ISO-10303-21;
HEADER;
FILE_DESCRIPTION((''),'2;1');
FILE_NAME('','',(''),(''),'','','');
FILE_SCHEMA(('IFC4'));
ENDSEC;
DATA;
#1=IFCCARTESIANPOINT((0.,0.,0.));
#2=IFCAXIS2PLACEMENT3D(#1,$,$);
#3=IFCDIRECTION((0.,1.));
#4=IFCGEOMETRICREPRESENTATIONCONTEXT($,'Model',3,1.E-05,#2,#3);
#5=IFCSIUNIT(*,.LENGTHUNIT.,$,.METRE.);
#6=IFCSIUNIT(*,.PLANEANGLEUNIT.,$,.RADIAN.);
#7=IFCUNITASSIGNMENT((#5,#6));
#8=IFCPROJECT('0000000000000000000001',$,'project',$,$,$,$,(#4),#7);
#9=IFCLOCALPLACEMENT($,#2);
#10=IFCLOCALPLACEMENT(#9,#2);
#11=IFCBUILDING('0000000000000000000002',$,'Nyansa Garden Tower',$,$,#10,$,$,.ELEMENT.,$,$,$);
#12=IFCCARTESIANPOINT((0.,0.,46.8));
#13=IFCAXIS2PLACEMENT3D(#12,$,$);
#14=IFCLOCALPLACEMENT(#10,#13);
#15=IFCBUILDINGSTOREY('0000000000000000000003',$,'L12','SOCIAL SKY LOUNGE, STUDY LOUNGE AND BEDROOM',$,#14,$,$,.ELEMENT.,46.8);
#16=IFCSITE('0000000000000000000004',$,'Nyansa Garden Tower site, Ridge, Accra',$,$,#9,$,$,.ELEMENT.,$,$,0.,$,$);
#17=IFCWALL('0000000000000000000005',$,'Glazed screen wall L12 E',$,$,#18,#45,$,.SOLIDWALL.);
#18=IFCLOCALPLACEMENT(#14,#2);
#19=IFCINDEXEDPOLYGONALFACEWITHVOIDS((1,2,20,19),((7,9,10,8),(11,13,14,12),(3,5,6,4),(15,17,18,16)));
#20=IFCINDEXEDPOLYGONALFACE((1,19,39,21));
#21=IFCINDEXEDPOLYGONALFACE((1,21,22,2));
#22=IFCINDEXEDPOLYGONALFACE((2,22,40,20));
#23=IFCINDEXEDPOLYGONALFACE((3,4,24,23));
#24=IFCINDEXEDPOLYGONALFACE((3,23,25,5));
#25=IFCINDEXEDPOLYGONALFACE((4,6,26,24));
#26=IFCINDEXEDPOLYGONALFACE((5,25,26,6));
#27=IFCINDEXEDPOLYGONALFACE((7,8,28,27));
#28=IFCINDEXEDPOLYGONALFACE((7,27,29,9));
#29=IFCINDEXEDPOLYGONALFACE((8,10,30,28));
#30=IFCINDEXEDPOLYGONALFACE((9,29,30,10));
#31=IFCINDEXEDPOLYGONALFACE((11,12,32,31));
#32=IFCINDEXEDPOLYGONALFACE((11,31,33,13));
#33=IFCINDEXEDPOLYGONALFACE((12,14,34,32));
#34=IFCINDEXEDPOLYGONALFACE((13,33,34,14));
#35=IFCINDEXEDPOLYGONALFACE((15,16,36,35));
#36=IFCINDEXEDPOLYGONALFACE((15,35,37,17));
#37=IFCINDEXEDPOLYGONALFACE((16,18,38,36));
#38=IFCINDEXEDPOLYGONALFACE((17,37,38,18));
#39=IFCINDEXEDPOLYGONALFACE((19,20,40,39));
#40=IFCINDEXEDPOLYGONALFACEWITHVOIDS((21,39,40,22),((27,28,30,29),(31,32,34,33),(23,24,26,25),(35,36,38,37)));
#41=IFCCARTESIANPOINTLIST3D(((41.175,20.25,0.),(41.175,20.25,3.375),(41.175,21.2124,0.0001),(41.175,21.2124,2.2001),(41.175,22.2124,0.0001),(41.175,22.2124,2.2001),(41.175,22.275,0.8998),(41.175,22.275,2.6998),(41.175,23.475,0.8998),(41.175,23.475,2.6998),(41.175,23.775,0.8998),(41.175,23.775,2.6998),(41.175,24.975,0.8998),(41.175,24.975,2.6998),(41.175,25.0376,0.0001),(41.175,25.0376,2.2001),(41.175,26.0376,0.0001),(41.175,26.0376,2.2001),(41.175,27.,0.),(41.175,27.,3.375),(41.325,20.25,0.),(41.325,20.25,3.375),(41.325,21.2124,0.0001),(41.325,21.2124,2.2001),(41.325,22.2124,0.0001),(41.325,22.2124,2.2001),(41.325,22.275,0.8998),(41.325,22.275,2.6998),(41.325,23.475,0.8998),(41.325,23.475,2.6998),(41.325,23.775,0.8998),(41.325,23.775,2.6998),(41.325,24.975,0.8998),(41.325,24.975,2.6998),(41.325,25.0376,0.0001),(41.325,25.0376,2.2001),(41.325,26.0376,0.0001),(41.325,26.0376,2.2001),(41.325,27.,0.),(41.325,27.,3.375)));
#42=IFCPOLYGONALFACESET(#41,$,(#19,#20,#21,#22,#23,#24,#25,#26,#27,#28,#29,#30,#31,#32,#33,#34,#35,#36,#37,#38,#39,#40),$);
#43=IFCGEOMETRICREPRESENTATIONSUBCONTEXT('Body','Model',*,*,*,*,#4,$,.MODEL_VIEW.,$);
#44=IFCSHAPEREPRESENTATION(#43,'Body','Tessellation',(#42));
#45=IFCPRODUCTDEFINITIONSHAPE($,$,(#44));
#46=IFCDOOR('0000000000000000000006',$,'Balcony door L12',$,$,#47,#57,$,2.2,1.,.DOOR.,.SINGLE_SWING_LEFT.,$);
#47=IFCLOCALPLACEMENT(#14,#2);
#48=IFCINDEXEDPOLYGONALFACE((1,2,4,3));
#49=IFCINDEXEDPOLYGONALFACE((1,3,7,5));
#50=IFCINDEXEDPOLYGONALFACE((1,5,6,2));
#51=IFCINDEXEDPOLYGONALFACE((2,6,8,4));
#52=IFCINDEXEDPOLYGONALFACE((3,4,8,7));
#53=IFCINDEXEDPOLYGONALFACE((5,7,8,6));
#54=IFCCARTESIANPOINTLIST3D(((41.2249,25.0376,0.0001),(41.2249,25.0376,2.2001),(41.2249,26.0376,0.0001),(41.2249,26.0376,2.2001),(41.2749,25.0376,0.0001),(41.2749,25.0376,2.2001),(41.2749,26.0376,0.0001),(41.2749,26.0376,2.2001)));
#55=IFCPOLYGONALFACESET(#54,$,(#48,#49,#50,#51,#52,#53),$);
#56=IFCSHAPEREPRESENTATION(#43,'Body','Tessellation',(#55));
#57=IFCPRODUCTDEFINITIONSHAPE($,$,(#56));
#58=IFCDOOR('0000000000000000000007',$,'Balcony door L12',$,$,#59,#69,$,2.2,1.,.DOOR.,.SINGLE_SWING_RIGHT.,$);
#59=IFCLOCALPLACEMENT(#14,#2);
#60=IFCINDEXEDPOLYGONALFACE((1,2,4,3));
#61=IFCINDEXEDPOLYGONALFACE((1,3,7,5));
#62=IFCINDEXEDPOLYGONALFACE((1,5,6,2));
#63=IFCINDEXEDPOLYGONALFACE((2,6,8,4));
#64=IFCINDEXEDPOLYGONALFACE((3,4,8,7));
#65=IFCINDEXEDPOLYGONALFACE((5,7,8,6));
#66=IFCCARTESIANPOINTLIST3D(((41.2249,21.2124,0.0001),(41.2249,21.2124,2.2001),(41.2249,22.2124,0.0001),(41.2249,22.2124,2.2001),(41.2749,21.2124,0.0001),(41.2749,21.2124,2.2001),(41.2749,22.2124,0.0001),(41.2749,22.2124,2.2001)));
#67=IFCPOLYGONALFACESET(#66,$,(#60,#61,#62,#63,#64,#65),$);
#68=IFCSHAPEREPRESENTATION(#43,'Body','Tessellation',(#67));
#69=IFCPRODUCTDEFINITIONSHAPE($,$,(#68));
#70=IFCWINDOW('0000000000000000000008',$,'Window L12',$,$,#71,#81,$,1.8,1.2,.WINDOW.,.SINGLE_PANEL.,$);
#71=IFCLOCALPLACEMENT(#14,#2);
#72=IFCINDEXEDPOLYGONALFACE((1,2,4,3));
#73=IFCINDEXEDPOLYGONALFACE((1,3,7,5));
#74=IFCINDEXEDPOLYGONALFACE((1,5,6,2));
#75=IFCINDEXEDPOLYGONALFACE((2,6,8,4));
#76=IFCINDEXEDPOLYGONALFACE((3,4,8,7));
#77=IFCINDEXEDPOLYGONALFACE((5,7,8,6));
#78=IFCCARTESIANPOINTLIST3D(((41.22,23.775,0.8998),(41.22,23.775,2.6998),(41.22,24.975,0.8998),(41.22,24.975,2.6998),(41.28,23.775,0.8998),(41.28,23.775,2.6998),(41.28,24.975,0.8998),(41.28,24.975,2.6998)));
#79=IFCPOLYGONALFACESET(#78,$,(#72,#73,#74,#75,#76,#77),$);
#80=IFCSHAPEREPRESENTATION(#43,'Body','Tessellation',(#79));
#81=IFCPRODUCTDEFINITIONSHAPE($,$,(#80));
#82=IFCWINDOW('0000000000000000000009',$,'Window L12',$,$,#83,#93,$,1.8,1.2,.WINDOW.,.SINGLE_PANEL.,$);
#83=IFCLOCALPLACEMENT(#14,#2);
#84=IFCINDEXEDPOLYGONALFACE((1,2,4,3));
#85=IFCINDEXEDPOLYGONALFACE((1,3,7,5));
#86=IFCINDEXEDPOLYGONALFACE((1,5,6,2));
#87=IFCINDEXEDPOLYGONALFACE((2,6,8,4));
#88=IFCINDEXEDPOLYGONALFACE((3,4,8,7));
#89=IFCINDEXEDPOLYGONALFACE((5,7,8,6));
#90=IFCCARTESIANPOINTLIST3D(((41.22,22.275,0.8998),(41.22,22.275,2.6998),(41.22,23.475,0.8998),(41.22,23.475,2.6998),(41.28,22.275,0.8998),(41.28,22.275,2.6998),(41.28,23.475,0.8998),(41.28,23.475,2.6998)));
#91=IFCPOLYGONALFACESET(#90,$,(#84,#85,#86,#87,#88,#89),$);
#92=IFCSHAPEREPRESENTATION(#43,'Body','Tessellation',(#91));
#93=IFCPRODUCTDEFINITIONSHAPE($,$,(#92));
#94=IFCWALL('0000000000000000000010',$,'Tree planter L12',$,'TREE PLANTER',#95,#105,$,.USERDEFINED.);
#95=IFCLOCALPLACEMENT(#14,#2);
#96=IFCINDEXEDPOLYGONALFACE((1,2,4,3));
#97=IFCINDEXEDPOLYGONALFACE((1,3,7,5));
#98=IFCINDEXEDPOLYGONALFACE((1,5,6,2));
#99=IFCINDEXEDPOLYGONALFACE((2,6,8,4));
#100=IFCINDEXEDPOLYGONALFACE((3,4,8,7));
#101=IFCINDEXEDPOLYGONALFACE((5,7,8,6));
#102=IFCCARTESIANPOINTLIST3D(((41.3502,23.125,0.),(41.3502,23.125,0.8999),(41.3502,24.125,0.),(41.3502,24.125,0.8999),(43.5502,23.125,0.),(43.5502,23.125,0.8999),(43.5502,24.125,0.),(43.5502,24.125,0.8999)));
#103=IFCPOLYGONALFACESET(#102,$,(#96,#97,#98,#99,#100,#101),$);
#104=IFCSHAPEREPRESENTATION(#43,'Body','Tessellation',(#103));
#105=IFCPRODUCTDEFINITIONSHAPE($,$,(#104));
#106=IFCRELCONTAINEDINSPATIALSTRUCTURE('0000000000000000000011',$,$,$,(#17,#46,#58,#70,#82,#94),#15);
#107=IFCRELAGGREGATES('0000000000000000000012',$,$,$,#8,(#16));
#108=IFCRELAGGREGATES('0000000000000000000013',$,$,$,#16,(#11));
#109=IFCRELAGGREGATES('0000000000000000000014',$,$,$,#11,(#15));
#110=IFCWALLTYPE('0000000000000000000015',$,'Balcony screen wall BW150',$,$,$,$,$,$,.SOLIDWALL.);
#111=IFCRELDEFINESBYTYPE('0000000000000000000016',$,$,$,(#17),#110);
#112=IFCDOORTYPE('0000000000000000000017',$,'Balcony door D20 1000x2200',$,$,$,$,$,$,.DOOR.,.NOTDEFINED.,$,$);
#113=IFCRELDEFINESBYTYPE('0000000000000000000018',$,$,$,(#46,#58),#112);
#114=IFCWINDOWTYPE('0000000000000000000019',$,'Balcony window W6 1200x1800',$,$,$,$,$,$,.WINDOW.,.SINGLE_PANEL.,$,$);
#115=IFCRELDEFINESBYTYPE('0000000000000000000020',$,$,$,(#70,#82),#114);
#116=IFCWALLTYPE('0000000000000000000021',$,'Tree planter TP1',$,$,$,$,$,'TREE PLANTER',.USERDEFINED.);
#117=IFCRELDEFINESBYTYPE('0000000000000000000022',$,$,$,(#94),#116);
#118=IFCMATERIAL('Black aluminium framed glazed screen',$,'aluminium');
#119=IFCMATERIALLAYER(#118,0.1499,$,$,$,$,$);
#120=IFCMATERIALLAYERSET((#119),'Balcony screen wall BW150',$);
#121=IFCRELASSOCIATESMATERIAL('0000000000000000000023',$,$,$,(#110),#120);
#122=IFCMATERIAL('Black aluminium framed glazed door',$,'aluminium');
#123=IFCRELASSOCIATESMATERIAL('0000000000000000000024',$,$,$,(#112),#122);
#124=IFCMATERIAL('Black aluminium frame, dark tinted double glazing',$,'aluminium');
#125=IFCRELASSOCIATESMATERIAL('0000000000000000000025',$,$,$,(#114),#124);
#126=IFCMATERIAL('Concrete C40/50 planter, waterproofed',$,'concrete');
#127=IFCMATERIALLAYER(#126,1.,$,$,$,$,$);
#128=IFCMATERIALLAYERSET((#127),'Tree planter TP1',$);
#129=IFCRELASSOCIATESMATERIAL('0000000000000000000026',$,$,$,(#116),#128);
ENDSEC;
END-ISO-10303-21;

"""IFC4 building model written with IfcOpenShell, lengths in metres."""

from ifc_helpers import new_model, si_unit, direction, frame, frame_2d, origin, place, context, subcontext, project, spatial, rectangle, extrude, material, layer, layer_set, type_object, element, fill, save


model = new_model("IFC4")

# Units and contexts
model_context = context("Model", 3, precision=1e-05, world=origin(), true_north=direction((0.0, 1.0)))
body_context = subcontext(model_context, "Body", "Model", "MODEL_VIEW")
ifc_project = project(units=[si_unit("LENGTHUNIT", "METRE"), si_unit("PLANEANGLEUNIT", "RADIAN")], contexts=[model_context])

# Site, building, storey
site_placement = place(None, origin())
site = spatial("IfcSite", under=ifc_project, at=site_placement, Name="Nyansa Garden Tower site, Ridge, Accra", CompositionType="ELEMENT", RefElevation=0.0)
building_placement = place(site_placement, origin())
building = spatial("IfcBuilding", under=site, at=building_placement, Name="Nyansa Garden Tower", CompositionType="ELEMENT")
storey_placement = place(building_placement, frame((0.0, 0.0, 46.8)))
storey = spatial("IfcBuildingStorey", under=building, at=storey_placement, Name="L12", Description="SOCIAL SKY LOUNGE, STUDY LOUNGE AND BEDROOM", CompositionType="ELEMENT", Elevation=46.8)

# Wall, openings, doors, windows
ifc_material_1 = material(Name="Black aluminium framed glazed screen", Category="aluminium")
ifc_layer_1 = layer(ifc_material_1, 0.1499)
ifc_layer_set_1 = layer_set([ifc_layer_1], Name="Balcony screen wall BW150")
wall_type_1 = type_object("IfcWallType", Name="Balcony screen wall BW150", PredefinedType="SOLIDWALL", material=ifc_layer_set_1)
ifc_material_2 = material(Name="Black aluminium framed glazed door", Category="aluminium")
door_type = type_object("IfcDoorType", Name="Balcony door D20 1000x2200", OperationType="NOTDEFINED", PredefinedType="DOOR", material=ifc_material_2)
ifc_material_3 = material(Name="Black aluminium frame, dark tinted double glazing", Category="aluminium")
window_type = type_object("IfcWindowType", Name="Balcony window W6 1200x1800", PartitioningType="SINGLE_PANEL", PredefinedType="WINDOW", material=ifc_material_3)
wall_1_placement = place(storey_placement, frame((41.25, 27.0, 0.0), z_axis=(0.0, 0.0, 1.0), x_axis=(0.0, -1.0, 0.0)))
wall_1 = element("IfcWall", 1, at=wall_1_placement, inside=storey, type_object=wall_type_1, Name="Glazed screen wall L12 E", PredefinedType="SOLIDWALL", context=body_context, shape_type="SweptSolid", body=[
    extrude(rectangle(XDim=6.75, YDim=0.1499, at=frame_2d((3.375, 0.0))), origin(), (0.0, 0.0, 1.0), 3.375),
])
opening_1_placement = place(wall_1_placement, frame((0.9624, 0.0, 0.0)))
opening_1 = element("IfcOpeningElement", 2, at=opening_1_placement, cuts=wall_1, PredefinedType="OPENING", context=body_context, shape_type="SweptSolid", body=[
    extrude(rectangle(XDim=1.0, YDim=2.2, at=frame_2d((0.5, 1.1001))), frame((0.0, 0.085, 0.0), z_axis=(0.0, -1.0, 0.0), x_axis=(1.0, 0.0, 0.0)), (0.0, 0.0, 1.0), 0.1699),
])
opening_2_placement = place(wall_1_placement, frame((2.0249, 0.0, 0.8999)))
opening_2 = element("IfcOpeningElement", 3, at=opening_2_placement, cuts=wall_1, PredefinedType="OPENING", context=body_context, shape_type="SweptSolid", body=[
    extrude(rectangle(XDim=1.2, YDim=1.8, at=frame_2d((0.6001, 0.8999))), frame((0.0, 0.085, 0.0), z_axis=(0.0, -1.0, 0.0), x_axis=(1.0, 0.0, 0.0)), (0.0, 0.0, 1.0), 0.1699),
])
opening_3_placement = place(wall_1_placement, frame((4.7876, 0.0, 0.0)))
opening_3 = element("IfcOpeningElement", 4, at=opening_3_placement, cuts=wall_1, PredefinedType="OPENING", context=body_context, shape_type="SweptSolid", body=[
    extrude(rectangle(XDim=1.0, YDim=2.2, at=frame_2d((0.5, 1.1001))), frame((0.0, 0.085, 0.0), z_axis=(0.0, -1.0, 0.0), x_axis=(1.0, 0.0, 0.0)), (0.0, 0.0, 1.0), 0.1699),
])
opening_4_placement = place(wall_1_placement, frame((3.5249, 0.0, 0.8999)))
opening_4 = element("IfcOpeningElement", 5, at=opening_4_placement, cuts=wall_1, PredefinedType="OPENING", context=body_context, shape_type="SweptSolid", body=[
    extrude(rectangle(XDim=1.2, YDim=1.8, at=frame_2d((0.6001, 0.8999))), frame((0.0, 0.085, 0.0), z_axis=(0.0, -1.0, 0.0), x_axis=(1.0, 0.0, 0.0)), (0.0, 0.0, 1.0), 0.1699),
])
door_1_placement = place(opening_1_placement, origin())
door_1 = element("IfcDoor", 6, at=door_1_placement, inside=storey, type_object=door_type, Name="Balcony door L12", OperationType="SINGLE_SWING_LEFT", OverallHeight=2.2, OverallWidth=1.0, PredefinedType="DOOR", context=body_context, shape_type="SweptSolid", body=[
    extrude(rectangle(XDim=1.0, YDim=2.2, at=frame_2d((0.5, 1.1001))), frame((0.0, 0.0249, 0.0), z_axis=(0.0, -1.0, 0.0), x_axis=(1.0, 0.0, 0.0)), (0.0, 0.0, 1.0), 0.05),
])
fill(opening_1, door_1)
door_2_placement = place(opening_3_placement, origin())
door_2 = element("IfcDoor", 7, at=door_2_placement, inside=storey, type_object=door_type, Name="Balcony door L12", OperationType="SINGLE_SWING_RIGHT", OverallHeight=2.2, OverallWidth=1.0, PredefinedType="DOOR", context=body_context, shape_type="SweptSolid", body=[
    extrude(rectangle(XDim=1.0, YDim=2.2, at=frame_2d((0.5, 1.1001))), frame((0.0, 0.0249, 0.0), z_axis=(0.0, -1.0, 0.0), x_axis=(1.0, 0.0, 0.0)), (0.0, 0.0, 1.0), 0.05),
])
fill(opening_3, door_2)
window_1_placement = place(opening_2_placement, origin())
window_1 = element("IfcWindow", 8, at=window_1_placement, inside=storey, type_object=window_type, Name="Window L12", OverallHeight=1.8, OverallWidth=1.2, PartitioningType="SINGLE_PANEL", PredefinedType="WINDOW", context=body_context, shape_type="SweptSolid", body=[
    extrude(rectangle(XDim=1.2, YDim=1.8, at=frame_2d((0.6001, 0.8999))), frame((0.0, 0.03, 0.0), z_axis=(0.0, -1.0, 0.0), x_axis=(1.0, 0.0, 0.0)), (0.0, 0.0, 1.0), 0.0601),
])
fill(opening_2, window_1)
window_2_placement = place(opening_4_placement, origin())
window_2 = element("IfcWindow", 9, at=window_2_placement, inside=storey, type_object=window_type, Name="Window L12", OverallHeight=1.8, OverallWidth=1.2, PartitioningType="SINGLE_PANEL", PredefinedType="WINDOW", context=body_context, shape_type="SweptSolid", body=[
    extrude(rectangle(XDim=1.2, YDim=1.8, at=frame_2d((0.6001, 0.8999))), frame((0.0, 0.03, 0.0), z_axis=(0.0, -1.0, 0.0), x_axis=(1.0, 0.0, 0.0)), (0.0, 0.0, 1.0), 0.0601),
])
fill(opening_4, window_2)

# Wall
ifc_material_4 = material(Name="Concrete C40/50 planter, waterproofed", Category="concrete")
ifc_layer_2 = layer(ifc_material_4, 1.0)
ifc_layer_set_2 = layer_set([ifc_layer_2], Name="Tree planter TP1")
wall_type_2 = type_object("IfcWallType", Name="Tree planter TP1", ElementType="TREE PLANTER", PredefinedType="USERDEFINED", material=ifc_layer_set_2)
wall_2_placement = place(storey_placement, frame((41.3501, 23.625, 0.0), z_axis=(0.0, 0.0, 1.0), x_axis=(1.0, 0.0, 0.0)))
element("IfcWall", 10, at=wall_2_placement, inside=storey, type_object=wall_type_2, Name="Tree planter L12", ObjectType="TREE PLANTER", PredefinedType="USERDEFINED", context=body_context, shape_type="SweptSolid", body=[
    extrude(rectangle(XDim=2.2, YDim=1.0, at=frame_2d((1.1001, 0.0))), origin(), (0.0, 0.0, 1.0), 0.8999),
])

save(model, "model.ifc")
